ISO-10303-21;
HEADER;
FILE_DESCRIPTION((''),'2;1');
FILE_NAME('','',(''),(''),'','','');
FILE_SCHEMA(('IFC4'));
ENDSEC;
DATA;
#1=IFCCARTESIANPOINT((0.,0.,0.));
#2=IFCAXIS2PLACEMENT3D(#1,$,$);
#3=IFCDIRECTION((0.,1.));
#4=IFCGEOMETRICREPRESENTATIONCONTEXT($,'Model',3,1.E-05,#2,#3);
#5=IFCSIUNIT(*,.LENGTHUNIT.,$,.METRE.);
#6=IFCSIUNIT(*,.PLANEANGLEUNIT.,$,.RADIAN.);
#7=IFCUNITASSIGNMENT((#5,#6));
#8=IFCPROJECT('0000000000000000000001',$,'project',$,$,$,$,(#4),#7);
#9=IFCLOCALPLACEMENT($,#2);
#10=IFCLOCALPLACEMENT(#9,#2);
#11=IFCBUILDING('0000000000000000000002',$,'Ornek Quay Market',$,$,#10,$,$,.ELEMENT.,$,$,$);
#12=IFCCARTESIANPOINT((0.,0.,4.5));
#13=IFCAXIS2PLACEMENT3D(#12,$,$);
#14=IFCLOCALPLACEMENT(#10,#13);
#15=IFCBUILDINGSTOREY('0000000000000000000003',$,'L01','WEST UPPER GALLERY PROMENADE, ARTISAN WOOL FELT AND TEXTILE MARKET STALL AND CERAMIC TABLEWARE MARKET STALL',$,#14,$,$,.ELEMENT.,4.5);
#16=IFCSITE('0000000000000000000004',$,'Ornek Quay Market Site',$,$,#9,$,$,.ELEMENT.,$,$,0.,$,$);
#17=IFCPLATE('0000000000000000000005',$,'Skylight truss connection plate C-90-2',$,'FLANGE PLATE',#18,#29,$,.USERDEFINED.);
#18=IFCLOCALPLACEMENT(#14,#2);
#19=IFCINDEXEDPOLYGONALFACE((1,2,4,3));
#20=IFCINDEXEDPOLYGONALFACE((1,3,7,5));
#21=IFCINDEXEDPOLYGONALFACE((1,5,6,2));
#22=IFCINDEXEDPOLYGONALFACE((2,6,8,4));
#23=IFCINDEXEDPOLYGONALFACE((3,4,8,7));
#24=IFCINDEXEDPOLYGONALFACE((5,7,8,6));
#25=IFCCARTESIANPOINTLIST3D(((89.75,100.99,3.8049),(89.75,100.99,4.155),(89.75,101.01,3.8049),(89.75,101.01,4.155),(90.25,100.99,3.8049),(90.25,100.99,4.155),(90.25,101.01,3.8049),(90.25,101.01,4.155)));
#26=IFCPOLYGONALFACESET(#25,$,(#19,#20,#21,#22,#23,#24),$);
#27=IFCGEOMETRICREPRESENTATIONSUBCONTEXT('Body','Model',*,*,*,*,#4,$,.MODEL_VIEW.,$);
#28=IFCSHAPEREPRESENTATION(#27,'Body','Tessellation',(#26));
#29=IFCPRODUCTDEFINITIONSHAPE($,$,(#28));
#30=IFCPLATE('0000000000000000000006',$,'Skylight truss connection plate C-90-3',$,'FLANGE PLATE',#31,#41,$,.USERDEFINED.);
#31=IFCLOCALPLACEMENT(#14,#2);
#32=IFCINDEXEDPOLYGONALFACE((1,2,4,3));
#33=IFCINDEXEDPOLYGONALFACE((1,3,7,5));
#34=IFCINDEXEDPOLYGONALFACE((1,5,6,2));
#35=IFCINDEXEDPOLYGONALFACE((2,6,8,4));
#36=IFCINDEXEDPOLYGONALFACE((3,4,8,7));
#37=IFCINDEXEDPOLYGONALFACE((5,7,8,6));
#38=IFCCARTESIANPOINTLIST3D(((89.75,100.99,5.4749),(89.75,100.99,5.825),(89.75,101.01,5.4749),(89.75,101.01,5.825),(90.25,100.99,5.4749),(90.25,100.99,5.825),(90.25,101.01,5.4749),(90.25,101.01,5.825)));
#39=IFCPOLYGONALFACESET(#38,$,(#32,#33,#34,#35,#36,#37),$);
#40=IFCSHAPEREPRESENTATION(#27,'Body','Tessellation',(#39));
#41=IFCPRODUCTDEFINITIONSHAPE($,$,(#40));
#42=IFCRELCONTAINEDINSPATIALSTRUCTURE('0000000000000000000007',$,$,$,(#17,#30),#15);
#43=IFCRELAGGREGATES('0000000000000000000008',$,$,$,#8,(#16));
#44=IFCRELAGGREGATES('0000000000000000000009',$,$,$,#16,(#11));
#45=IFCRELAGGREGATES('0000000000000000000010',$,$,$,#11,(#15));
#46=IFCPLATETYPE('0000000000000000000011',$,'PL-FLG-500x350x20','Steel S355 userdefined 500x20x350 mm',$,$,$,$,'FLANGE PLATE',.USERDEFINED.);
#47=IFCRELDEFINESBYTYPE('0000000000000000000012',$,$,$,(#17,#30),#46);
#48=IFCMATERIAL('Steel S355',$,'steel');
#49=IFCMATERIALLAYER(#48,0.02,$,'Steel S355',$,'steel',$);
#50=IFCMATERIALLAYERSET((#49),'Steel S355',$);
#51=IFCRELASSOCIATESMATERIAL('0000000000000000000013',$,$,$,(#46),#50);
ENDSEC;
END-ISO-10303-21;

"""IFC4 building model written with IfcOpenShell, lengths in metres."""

from ifc_helpers import new_model, si_unit, direction, frame, origin, origin_2d, place, context, subcontext, project, spatial, rectangle, extrude, material, layer, layer_set, type_object, element, save


model = new_model("IFC4")

# Units and contexts
model_context = context("Model", 3, precision=1e-05, world=origin(), true_north=direction((0.0, 1.0)))
body_context = subcontext(model_context, "Body", "Model", "MODEL_VIEW")
ifc_project = project(units=[si_unit("LENGTHUNIT", "METRE"), si_unit("PLANEANGLEUNIT", "RADIAN")], contexts=[model_context])

# Site, building, storey
site_placement = place(None, origin())
site = spatial("IfcSite", under=ifc_project, at=site_placement, Name="Ornek Quay Market Site", CompositionType="ELEMENT", RefElevation=0.0)
building_placement = place(site_placement, origin())
building = spatial("IfcBuilding", under=site, at=building_placement, Name="Ornek Quay Market", CompositionType="ELEMENT")
storey_placement = place(building_placement, frame((0.0, 0.0, 4.5)))
storey = spatial("IfcBuildingStorey", under=building, at=storey_placement, Name="L01", Description="WEST UPPER GALLERY PROMENADE, ARTISAN WOOL FELT AND TEXTILE MARKET STALL AND CERAMIC TABLEWARE MARKET STALL", CompositionType="ELEMENT", Elevation=4.5)

# Shared definitions
ifc_material_1 = material(Name="Steel S355", Category="steel")

# Plates
ifc_layer_1 = layer(ifc_material_1, 0.02, Name="Steel S355", Category="steel")
ifc_layer_set_1 = layer_set([ifc_layer_1], Name="Steel S355")
plate_type_1 = type_object("IfcPlateType", Name="PL-FLG-500x350x20", Description="Steel S355 userdefined 500x20x350 mm", ElementType="FLANGE PLATE", PredefinedType="USERDEFINED", material=ifc_layer_set_1)
for number, where, z_axis, x_axis, name in (
    (1, (90.0, 101.0, 3.8049), (0.0, 0.0, 1.0), (1.0, 0.0, 0.0), "Skylight truss connection plate C-90-2"),
    (2, (90.0, 101.0, 5.4749), (0.0, 0.0, 1.0), (1.0, 0.0, 0.0), "Skylight truss connection plate C-90-3"),
):
    element("IfcPlate", number, at=place(storey_placement, frame(where, z_axis=z_axis, x_axis=x_axis)), inside=storey, type_object=plate_type_1, Name=name, ObjectType="FLANGE PLATE", PredefinedType="USERDEFINED", context=body_context, shape_type="SweptSolid", body=[
        extrude(rectangle(XDim=0.5, YDim=0.02, at=origin_2d()), origin(), (0.0, 0.0, 1.0), 0.3501),
    ])

save(model, "model.ifc")
